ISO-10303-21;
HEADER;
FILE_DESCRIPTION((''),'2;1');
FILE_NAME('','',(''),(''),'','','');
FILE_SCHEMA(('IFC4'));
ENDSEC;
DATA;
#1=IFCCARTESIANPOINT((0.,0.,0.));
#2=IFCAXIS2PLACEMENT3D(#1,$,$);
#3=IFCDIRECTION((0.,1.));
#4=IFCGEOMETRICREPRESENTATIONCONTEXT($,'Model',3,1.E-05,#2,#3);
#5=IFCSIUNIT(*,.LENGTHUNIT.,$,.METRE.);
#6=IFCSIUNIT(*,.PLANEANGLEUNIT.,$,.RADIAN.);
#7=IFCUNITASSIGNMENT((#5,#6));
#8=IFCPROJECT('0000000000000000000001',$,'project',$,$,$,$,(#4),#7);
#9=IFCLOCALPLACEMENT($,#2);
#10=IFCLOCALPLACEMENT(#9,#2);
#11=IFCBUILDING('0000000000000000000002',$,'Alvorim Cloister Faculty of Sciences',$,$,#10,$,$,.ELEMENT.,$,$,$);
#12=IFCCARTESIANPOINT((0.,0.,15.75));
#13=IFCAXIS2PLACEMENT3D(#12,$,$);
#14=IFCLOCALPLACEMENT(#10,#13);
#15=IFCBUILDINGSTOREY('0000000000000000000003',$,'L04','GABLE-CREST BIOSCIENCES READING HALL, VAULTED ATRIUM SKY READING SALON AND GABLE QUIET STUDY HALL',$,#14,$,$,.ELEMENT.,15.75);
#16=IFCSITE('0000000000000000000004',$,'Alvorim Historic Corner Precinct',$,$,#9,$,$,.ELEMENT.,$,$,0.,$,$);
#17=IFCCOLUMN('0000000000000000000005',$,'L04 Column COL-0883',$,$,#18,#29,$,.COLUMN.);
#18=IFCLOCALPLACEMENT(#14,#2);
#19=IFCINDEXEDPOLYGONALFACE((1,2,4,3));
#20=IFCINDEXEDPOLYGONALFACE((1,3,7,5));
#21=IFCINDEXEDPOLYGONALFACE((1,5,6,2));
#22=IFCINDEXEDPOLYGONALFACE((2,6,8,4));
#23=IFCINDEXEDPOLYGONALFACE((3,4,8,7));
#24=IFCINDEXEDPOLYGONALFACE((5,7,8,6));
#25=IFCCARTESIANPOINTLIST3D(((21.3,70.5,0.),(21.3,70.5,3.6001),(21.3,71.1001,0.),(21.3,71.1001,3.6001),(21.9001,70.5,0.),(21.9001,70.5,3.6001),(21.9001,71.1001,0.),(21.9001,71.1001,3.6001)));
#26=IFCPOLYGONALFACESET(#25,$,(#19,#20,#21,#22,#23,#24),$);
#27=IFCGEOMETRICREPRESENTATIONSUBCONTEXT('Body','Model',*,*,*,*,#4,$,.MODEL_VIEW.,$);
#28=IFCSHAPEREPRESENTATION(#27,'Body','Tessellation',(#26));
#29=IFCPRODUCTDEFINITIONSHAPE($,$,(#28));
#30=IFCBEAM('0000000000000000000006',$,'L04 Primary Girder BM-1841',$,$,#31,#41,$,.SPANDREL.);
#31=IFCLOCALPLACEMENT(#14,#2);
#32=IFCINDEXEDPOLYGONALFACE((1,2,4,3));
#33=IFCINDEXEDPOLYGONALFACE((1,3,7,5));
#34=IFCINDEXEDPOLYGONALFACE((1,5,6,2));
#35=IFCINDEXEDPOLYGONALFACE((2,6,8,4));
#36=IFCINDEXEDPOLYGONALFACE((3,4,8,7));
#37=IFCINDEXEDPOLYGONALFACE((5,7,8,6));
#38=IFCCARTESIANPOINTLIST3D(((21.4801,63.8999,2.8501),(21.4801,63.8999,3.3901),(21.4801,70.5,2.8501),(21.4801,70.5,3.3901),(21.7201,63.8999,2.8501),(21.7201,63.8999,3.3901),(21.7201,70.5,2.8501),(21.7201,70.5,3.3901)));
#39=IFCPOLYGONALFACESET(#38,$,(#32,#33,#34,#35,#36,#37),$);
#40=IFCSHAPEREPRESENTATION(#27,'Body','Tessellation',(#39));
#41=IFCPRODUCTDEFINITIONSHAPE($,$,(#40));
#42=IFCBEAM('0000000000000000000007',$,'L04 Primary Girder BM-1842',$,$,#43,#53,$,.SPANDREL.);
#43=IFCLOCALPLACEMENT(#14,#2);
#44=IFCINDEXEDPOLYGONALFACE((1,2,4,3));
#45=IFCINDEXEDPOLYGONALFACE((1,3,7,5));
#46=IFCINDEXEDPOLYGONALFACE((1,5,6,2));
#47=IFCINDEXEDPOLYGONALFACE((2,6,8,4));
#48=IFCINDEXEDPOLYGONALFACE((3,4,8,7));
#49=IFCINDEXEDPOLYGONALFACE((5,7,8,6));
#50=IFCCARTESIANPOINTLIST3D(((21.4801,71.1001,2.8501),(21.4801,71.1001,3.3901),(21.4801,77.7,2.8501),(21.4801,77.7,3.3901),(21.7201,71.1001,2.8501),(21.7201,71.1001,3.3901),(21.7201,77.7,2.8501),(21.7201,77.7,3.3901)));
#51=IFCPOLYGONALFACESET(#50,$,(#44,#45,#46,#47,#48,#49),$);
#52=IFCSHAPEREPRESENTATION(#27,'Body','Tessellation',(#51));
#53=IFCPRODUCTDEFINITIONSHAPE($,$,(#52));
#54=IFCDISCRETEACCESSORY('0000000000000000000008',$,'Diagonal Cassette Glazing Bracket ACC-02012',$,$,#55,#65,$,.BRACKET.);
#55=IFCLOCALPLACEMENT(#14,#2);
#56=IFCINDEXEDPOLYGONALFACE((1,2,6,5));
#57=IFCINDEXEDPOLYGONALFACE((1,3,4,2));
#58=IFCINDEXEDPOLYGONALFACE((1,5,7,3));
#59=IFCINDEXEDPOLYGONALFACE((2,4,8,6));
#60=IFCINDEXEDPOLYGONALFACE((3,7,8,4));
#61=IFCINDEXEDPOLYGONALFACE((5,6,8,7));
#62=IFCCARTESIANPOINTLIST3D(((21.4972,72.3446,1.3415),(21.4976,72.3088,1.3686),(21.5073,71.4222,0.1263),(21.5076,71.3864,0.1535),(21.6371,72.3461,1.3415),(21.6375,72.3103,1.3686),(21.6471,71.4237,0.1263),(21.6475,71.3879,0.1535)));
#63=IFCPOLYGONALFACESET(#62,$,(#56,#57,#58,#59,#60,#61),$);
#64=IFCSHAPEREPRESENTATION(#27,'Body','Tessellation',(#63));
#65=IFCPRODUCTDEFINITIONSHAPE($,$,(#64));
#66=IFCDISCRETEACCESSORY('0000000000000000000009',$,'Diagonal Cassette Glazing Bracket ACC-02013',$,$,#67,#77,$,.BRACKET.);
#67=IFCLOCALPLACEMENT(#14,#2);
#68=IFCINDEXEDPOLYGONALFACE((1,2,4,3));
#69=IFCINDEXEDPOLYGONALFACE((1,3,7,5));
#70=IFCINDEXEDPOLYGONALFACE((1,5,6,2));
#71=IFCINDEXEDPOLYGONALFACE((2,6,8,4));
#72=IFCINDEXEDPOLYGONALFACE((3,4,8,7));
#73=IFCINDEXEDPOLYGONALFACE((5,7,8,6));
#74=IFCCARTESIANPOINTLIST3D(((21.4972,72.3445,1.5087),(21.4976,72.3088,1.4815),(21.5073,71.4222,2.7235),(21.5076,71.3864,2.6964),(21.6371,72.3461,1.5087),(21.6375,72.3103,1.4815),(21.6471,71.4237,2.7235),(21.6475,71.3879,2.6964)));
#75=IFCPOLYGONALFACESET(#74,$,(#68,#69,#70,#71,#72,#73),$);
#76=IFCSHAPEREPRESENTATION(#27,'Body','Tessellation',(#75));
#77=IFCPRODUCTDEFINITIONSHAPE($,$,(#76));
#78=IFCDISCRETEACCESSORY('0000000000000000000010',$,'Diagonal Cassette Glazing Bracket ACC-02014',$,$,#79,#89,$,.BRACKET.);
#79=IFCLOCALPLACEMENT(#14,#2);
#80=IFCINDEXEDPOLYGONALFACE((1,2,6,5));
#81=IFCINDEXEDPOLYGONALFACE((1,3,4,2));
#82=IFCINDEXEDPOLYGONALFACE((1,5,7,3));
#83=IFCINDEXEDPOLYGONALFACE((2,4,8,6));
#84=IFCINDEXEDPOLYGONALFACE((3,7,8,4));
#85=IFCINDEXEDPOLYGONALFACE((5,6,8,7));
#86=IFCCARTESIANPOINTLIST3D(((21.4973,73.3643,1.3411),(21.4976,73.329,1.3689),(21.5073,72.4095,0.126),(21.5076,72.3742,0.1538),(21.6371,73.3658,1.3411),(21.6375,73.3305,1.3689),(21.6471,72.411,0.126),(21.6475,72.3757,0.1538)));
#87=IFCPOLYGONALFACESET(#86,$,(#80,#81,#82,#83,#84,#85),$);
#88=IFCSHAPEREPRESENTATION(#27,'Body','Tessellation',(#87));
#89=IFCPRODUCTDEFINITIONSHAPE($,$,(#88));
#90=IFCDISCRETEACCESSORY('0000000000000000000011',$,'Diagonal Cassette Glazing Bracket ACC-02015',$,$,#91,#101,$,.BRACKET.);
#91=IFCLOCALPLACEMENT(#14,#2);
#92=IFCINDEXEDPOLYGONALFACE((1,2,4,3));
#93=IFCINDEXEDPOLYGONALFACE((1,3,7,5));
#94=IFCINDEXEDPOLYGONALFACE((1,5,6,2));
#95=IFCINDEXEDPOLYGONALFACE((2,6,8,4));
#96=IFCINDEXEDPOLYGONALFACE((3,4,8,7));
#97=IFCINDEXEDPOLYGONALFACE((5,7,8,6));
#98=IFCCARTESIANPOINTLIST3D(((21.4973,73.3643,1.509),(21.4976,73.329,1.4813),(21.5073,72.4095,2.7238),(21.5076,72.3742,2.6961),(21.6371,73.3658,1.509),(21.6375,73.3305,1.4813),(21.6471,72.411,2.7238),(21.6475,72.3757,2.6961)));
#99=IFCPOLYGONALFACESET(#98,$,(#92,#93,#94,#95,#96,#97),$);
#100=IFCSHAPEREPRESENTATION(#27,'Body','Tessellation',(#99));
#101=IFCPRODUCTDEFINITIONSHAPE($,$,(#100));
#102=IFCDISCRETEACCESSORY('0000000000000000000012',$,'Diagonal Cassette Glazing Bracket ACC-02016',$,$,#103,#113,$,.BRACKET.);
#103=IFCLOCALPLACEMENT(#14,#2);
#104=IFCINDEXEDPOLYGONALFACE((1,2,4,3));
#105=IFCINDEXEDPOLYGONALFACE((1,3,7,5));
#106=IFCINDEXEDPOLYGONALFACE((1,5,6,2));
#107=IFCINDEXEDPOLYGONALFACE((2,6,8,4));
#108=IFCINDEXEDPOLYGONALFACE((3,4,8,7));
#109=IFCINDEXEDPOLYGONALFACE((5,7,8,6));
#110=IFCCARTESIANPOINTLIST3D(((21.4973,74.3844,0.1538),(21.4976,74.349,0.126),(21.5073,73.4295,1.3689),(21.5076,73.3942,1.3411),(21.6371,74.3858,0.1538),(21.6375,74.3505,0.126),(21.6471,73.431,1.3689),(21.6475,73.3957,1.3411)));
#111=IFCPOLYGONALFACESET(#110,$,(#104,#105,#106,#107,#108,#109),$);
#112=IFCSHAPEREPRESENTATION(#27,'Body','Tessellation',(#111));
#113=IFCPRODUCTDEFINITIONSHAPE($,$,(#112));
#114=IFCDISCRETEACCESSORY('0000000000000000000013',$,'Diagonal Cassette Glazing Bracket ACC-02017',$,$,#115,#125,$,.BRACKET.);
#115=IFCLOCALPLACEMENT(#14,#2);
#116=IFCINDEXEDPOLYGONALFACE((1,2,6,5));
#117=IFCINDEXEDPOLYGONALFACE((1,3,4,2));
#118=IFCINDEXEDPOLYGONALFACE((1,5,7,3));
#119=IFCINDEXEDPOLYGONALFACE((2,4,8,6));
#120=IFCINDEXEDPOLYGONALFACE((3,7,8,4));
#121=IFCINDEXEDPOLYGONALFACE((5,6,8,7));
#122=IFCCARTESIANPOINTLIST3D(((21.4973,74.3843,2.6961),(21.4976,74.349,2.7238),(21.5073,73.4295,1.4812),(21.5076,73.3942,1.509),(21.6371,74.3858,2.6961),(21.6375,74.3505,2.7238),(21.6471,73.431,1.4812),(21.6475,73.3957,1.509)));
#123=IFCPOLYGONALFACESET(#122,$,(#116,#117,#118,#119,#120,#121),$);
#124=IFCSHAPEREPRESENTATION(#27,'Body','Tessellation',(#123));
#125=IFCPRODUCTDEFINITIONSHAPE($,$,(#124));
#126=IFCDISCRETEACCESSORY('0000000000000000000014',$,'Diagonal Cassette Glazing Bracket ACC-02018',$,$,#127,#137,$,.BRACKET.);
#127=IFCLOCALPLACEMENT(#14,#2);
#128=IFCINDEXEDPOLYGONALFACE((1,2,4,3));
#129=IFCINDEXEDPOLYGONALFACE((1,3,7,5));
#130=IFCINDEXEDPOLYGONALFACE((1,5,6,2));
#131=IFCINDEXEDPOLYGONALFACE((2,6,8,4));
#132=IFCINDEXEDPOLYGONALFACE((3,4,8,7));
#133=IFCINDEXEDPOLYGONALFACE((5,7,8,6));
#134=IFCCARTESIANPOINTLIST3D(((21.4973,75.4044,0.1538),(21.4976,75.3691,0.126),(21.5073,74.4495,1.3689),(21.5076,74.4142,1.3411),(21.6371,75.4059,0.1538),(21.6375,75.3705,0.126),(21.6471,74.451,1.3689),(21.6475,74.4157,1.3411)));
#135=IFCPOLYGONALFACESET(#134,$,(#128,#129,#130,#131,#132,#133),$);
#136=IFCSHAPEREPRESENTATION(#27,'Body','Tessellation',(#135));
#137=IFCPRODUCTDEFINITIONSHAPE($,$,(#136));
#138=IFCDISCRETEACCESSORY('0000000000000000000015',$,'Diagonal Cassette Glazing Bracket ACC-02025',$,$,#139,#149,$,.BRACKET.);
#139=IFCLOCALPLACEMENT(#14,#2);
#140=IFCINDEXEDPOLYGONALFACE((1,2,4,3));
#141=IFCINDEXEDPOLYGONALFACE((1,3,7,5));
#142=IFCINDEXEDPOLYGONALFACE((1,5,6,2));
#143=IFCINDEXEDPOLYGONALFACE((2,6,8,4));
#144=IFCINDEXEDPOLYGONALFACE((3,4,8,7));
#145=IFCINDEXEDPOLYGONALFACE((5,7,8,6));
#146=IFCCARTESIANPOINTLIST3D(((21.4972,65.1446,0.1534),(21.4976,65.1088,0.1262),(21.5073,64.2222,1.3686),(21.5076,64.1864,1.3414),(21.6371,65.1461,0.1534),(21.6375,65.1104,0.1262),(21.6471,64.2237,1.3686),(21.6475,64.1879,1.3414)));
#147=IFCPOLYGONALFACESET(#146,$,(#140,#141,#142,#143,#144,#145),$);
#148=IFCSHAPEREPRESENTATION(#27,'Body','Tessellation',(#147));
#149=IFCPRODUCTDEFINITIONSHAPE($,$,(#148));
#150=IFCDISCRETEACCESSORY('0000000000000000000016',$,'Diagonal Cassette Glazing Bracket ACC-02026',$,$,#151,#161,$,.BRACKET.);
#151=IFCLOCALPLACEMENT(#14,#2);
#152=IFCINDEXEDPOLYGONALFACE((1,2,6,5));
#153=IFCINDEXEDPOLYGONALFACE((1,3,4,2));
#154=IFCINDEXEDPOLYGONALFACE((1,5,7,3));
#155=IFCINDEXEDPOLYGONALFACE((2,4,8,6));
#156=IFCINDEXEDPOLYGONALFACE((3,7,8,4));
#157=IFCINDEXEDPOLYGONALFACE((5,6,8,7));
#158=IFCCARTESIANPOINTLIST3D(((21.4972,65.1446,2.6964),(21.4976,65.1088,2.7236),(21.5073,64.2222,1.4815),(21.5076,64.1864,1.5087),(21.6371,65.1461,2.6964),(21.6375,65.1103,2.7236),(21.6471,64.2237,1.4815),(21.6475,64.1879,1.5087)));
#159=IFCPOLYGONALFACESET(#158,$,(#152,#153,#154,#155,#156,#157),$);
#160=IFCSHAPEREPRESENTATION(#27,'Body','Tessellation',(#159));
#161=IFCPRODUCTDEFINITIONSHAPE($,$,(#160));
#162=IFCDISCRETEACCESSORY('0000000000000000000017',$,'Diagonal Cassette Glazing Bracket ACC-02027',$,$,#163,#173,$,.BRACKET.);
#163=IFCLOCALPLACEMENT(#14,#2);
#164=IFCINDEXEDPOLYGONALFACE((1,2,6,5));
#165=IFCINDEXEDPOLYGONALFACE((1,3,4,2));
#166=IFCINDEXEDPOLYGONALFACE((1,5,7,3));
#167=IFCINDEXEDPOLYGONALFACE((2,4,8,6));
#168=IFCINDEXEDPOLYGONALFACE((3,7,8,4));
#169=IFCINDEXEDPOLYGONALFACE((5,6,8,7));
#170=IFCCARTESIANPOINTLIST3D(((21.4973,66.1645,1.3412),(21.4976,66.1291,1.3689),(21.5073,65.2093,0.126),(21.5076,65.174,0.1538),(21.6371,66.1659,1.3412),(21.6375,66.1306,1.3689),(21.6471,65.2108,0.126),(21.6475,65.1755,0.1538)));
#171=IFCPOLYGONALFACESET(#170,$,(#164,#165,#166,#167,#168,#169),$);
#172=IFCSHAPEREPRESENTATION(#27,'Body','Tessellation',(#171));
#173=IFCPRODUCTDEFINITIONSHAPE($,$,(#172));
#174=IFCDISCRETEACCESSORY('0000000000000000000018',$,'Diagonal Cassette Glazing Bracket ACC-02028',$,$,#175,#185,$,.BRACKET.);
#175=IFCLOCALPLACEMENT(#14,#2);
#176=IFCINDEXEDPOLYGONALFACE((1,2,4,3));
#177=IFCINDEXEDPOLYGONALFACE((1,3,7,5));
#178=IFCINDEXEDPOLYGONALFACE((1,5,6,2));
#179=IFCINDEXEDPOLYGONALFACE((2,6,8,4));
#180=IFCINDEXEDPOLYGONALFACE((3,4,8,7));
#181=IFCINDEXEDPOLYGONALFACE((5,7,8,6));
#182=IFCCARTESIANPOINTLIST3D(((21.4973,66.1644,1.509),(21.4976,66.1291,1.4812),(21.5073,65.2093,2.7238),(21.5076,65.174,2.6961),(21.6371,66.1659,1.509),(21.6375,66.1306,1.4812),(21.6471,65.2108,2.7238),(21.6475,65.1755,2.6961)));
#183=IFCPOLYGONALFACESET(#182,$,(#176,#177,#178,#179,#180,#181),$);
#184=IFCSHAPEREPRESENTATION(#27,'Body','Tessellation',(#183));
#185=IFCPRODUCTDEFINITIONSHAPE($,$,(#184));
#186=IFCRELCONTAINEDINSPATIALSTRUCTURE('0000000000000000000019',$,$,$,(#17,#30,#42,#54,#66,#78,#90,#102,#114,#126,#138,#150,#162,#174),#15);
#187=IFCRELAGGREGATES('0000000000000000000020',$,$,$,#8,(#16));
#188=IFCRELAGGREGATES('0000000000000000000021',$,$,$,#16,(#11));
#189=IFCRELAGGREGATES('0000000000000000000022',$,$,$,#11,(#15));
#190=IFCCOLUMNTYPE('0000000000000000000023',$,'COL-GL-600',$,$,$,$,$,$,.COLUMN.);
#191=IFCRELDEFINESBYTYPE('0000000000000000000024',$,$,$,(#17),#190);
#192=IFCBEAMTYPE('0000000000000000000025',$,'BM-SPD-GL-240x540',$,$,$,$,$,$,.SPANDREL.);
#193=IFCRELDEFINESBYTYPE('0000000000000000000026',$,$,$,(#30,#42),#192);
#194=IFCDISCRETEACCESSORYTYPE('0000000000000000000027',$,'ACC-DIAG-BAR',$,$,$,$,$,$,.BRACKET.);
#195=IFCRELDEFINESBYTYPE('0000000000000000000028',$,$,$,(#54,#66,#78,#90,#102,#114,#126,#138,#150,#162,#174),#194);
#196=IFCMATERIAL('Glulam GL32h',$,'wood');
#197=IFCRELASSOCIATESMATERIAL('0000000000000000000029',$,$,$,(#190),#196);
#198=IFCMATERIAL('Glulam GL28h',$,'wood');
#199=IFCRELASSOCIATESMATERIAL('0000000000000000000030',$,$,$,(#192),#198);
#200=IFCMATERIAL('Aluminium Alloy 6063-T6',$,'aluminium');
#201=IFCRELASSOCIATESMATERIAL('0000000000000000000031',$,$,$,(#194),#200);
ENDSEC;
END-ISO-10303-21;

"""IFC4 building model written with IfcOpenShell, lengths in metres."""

from ifc_helpers import new_model, si_unit, direction, frame, origin, origin_2d, place, context, subcontext, project, spatial, rectangle, extrude, material, material_profile, profile_set, type_object, element, save


model = new_model("IFC4")

# Units and contexts
model_context = context("Model", 3, precision=1e-05, world=origin(), true_north=direction((0.0, 1.0)))
body_context = subcontext(model_context, "Body", "Model", "MODEL_VIEW")
ifc_project = project(units=[si_unit("LENGTHUNIT", "METRE"), si_unit("PLANEANGLEUNIT", "RADIAN")], contexts=[model_context])

# Site, building, storey
site_placement = place(None, origin())
site = spatial("IfcSite", under=ifc_project, at=site_placement, Name="Alvorim Historic Corner Precinct", CompositionType="ELEMENT", RefElevation=0.0)
building_placement = place(site_placement, origin())
building = spatial("IfcBuilding", under=site, at=building_placement, Name="Alvorim Cloister Faculty of Sciences", CompositionType="ELEMENT")
storey_placement = place(building_placement, frame((0.0, 0.0, 15.75)))
storey = spatial("IfcBuildingStorey", under=building, at=storey_placement, Name="L04", Description="GABLE-CREST BIOSCIENCES READING HALL, VAULTED ATRIUM SKY READING SALON AND GABLE QUIET STUDY HALL", CompositionType="ELEMENT", Elevation=15.75)

# Column
ifc_material_1 = material(Name="Glulam GL32h", Category="wood")
ifc_material_profile_1 = material_profile(ifc_material_1, rectangle(XDim=0.6001, YDim=0.6001, at=origin_2d()), Name="GL32-COL-600x600")
ifc_profile_set_1 = profile_set([ifc_material_profile_1], Name="Glulam GL32h")
column_type = type_object("IfcColumnType", Name="COL-GL-600", PredefinedType="COLUMN", material=ifc_profile_set_1)
column_placement = place(storey_placement, frame((21.6001, 70.8, 0.0), z_axis=(0.0, 0.0, 1.0), x_axis=(1.0, 0.0, 0.0)))
element("IfcColumn", 1, at=column_placement, inside=storey, type_object=column_type, Name="L04 Column COL-0883", PredefinedType="COLUMN", context=body_context, shape_type="SweptSolid", body=[
    extrude(rectangle(XDim=0.6001, YDim=0.6001, at=origin_2d()), origin(), (0.0, 0.0, 1.0), 3.6001),
])

# Beams
ifc_material_2 = material(Name="Glulam GL28h", Category="wood")
ifc_material_profile_2 = material_profile(ifc_material_2, rectangle(XDim=0.24, YDim=0.54, at=origin_2d()), Name="GL28-SPD-240x540")
ifc_profile_set_2 = profile_set([ifc_material_profile_2], Name="Glulam GL28h")
beam_type = type_object("IfcBeamType", Name="BM-SPD-GL-240x540", PredefinedType="SPANDREL", material=ifc_profile_set_2)
beam_1_placement = place(storey_placement, frame((21.6001, 63.8999, 3.1201), z_axis=(0.0, 1.0, 0.0), x_axis=(-1.0, 0.0, 0.0)))
element("IfcBeam", 2, at=beam_1_placement, inside=storey, type_object=beam_type, Name="L04 Primary Girder BM-1841", PredefinedType="SPANDREL", context=body_context, shape_type="SweptSolid", body=[
    extrude(rectangle(XDim=0.24, YDim=0.54, at=origin_2d()), origin(), (0.0, 0.0, 1.0), 6.6001),
])
beam_2_placement = place(storey_placement, frame((21.6001, 71.1001, 3.1201), z_axis=(0.0, 1.0, 0.0), x_axis=(-1.0, 0.0, 0.0)))
element("IfcBeam", 3, at=beam_2_placement, inside=storey, type_object=beam_type, Name="L04 Primary Girder BM-1842", PredefinedType="SPANDREL", context=body_context, shape_type="SweptSolid", body=[
    extrude(rectangle(XDim=0.24, YDim=0.54, at=origin_2d()), origin(), (0.0, 0.0, 1.0), 6.5999),
])

# Discrete accessories
ifc_material_3 = material(Name="Aluminium Alloy 6063-T6", Category="aluminium")
discrete_accessory_type = type_object("IfcDiscreteAccessoryType", Name="ACC-DIAG-BAR", PredefinedType="BRACKET", material=ifc_material_3)
discrete_accessory_1_placement = place(storey_placement, frame((21.5774, 71.405, 0.1399), z_axis=(-0.006561, 0.604612, 0.796493), x_axis=(-0.999941, -0.010852, 0.0)))
element("IfcDiscreteAccessory", 4, at=discrete_accessory_1_placement, inside=storey, type_object=discrete_accessory_type, Name="Diagonal Cassette Glazing Bracket ACC-02012", PredefinedType="BRACKET", context=body_context, shape_type="SweptSolid", body=[
    extrude(rectangle(XDim=0.1399, YDim=0.0449, at=origin_2d()), origin(), (0.0, 0.0, 1.0), 1.5256),
])
discrete_accessory_2_placement = place(storey_placement, frame((21.5774, 71.405, 2.71), z_axis=(-0.006562, 0.604689, -0.796435), x_axis=(-0.999941, -0.010852, 0.0)))
element("IfcDiscreteAccessory", 5, at=discrete_accessory_2_placement, inside=storey, type_object=discrete_accessory_type, Name="Diagonal Cassette Glazing Bracket ACC-02013", PredefinedType="BRACKET", context=body_context, shape_type="SweptSolid", body=[
    extrude(rectangle(XDim=0.1399, YDim=0.0449, at=origin_2d()), origin(), (0.0, 0.0, 1.0), 1.5254),
])
discrete_accessory_3_placement = place(storey_placement, frame((21.5774, 72.3926, 0.1399), z_axis=(-0.006477, 0.617857, 0.786263), x_axis=(-0.999945, -0.010483, 0.0)))
element("IfcDiscreteAccessory", 6, at=discrete_accessory_3_placement, inside=storey, type_object=discrete_accessory_type, Name="Diagonal Cassette Glazing Bracket ACC-02014", PredefinedType="BRACKET", context=body_context, shape_type="SweptSolid", body=[
    extrude(rectangle(XDim=0.1399, YDim=0.0449, at=origin_2d()), origin(), (0.0, 0.0, 1.0), 1.5454),
])
discrete_accessory_4_placement = place(storey_placement, frame((21.5774, 72.3926, 2.71), z_axis=(-0.006478, 0.617934, -0.786203), x_axis=(-0.999945, -0.010483, 0.0)))
element("IfcDiscreteAccessory", 7, at=discrete_accessory_4_placement, inside=storey, type_object=discrete_accessory_type, Name="Diagonal Cassette Glazing Bracket ACC-02015", PredefinedType="BRACKET", context=body_context, shape_type="SweptSolid", body=[
    extrude(rectangle(XDim=0.1399, YDim=0.0449, at=origin_2d()), origin(), (0.0, 0.0, 1.0), 1.5452),
])
discrete_accessory_5_placement = place(storey_placement, frame((21.5774, 73.4126, 1.355), z_axis=(-0.006477, 0.617857, -0.786263), x_axis=(-0.999945, -0.010483, 0.0)))
element("IfcDiscreteAccessory", 8, at=discrete_accessory_5_placement, inside=storey, type_object=discrete_accessory_type, Name="Diagonal Cassette Glazing Bracket ACC-02016", PredefinedType="BRACKET", context=body_context, shape_type="SweptSolid", body=[
    extrude(rectangle(XDim=0.1399, YDim=0.0449, at=origin_2d()), origin(), (0.0, 0.0, 1.0), 1.5454),
])
discrete_accessory_6_placement = place(storey_placement, frame((21.5774, 73.4126, 1.4951), z_axis=(-0.006478, 0.617934, 0.786203), x_axis=(-0.999945, -0.010483, 0.0)))
element("IfcDiscreteAccessory", 9, at=discrete_accessory_6_placement, inside=storey, type_object=discrete_accessory_type, Name="Diagonal Cassette Glazing Bracket ACC-02017", PredefinedType="BRACKET", context=body_context, shape_type="SweptSolid", body=[
    extrude(rectangle(XDim=0.1399, YDim=0.0449, at=origin_2d()), origin(), (0.0, 0.0, 1.0), 1.5452),
])
discrete_accessory_7_placement = place(storey_placement, frame((21.5774, 74.4326, 1.355), z_axis=(-0.006477, 0.617857, -0.786263), x_axis=(-0.999945, -0.010483, 0.0)))
element("IfcDiscreteAccessory", 10, at=discrete_accessory_7_placement, inside=storey, type_object=discrete_accessory_type, Name="Diagonal Cassette Glazing Bracket ACC-02018", PredefinedType="BRACKET", context=body_context, shape_type="SweptSolid", body=[
    extrude(rectangle(XDim=0.1399, YDim=0.0449, at=origin_2d()), origin(), (0.0, 0.0, 1.0), 1.5454),
])
discrete_accessory_8_placement = place(storey_placement, frame((21.5774, 64.2051, 1.355), z_axis=(-0.006561, 0.604612, -0.796493), x_axis=(-0.999941, -0.010852, 0.0)))
element("IfcDiscreteAccessory", 11, at=discrete_accessory_8_placement, inside=storey, type_object=discrete_accessory_type, Name="Diagonal Cassette Glazing Bracket ACC-02025", PredefinedType="BRACKET", context=body_context, shape_type="SweptSolid", body=[
    extrude(rectangle(XDim=0.1399, YDim=0.0449, at=origin_2d()), origin(), (0.0, 0.0, 1.0), 1.5256),
])
discrete_accessory_9_placement = place(storey_placement, frame((21.5774, 64.2051, 1.4951), z_axis=(-0.006562, 0.604689, 0.796435), x_axis=(-0.999941, -0.010852, 0.0)))
element("IfcDiscreteAccessory", 12, at=discrete_accessory_9_placement, inside=storey, type_object=discrete_accessory_type, Name="Diagonal Cassette Glazing Bracket ACC-02026", PredefinedType="BRACKET", context=body_context, shape_type="SweptSolid", body=[
    extrude(rectangle(XDim=0.1399, YDim=0.0449, at=origin_2d()), origin(), (0.0, 0.0, 1.0), 1.5254),
])
discrete_accessory_10_placement = place(storey_placement, frame((21.5774, 65.1924, 0.1399), z_axis=(-0.006477, 0.617955, 0.786187), x_axis=(-0.999945, -0.01048, 0.0)))
element("IfcDiscreteAccessory", 13, at=discrete_accessory_10_placement, inside=storey, type_object=discrete_accessory_type, Name="Diagonal Cassette Glazing Bracket ACC-02027", PredefinedType="BRACKET", context=body_context, shape_type="SweptSolid", body=[
    extrude(rectangle(XDim=0.1399, YDim=0.0449, at=origin_2d()), origin(), (0.0, 0.0, 1.0), 1.5457),
])
discrete_accessory_11_placement = place(storey_placement, frame((21.5774, 65.1924, 2.71), z_axis=(-0.006477, 0.618032, -0.786126), x_axis=(-0.999945, -0.01048, 0.0)))
element("IfcDiscreteAccessory", 14, at=discrete_accessory_11_placement, inside=storey, type_object=discrete_accessory_type, Name="Diagonal Cassette Glazing Bracket ACC-02028", PredefinedType="BRACKET", context=body_context, shape_type="SweptSolid", body=[
    extrude(rectangle(XDim=0.1399, YDim=0.0449, at=origin_2d()), origin(), (0.0, 0.0, 1.0), 1.5454),
])

save(model, "model.ifc")
